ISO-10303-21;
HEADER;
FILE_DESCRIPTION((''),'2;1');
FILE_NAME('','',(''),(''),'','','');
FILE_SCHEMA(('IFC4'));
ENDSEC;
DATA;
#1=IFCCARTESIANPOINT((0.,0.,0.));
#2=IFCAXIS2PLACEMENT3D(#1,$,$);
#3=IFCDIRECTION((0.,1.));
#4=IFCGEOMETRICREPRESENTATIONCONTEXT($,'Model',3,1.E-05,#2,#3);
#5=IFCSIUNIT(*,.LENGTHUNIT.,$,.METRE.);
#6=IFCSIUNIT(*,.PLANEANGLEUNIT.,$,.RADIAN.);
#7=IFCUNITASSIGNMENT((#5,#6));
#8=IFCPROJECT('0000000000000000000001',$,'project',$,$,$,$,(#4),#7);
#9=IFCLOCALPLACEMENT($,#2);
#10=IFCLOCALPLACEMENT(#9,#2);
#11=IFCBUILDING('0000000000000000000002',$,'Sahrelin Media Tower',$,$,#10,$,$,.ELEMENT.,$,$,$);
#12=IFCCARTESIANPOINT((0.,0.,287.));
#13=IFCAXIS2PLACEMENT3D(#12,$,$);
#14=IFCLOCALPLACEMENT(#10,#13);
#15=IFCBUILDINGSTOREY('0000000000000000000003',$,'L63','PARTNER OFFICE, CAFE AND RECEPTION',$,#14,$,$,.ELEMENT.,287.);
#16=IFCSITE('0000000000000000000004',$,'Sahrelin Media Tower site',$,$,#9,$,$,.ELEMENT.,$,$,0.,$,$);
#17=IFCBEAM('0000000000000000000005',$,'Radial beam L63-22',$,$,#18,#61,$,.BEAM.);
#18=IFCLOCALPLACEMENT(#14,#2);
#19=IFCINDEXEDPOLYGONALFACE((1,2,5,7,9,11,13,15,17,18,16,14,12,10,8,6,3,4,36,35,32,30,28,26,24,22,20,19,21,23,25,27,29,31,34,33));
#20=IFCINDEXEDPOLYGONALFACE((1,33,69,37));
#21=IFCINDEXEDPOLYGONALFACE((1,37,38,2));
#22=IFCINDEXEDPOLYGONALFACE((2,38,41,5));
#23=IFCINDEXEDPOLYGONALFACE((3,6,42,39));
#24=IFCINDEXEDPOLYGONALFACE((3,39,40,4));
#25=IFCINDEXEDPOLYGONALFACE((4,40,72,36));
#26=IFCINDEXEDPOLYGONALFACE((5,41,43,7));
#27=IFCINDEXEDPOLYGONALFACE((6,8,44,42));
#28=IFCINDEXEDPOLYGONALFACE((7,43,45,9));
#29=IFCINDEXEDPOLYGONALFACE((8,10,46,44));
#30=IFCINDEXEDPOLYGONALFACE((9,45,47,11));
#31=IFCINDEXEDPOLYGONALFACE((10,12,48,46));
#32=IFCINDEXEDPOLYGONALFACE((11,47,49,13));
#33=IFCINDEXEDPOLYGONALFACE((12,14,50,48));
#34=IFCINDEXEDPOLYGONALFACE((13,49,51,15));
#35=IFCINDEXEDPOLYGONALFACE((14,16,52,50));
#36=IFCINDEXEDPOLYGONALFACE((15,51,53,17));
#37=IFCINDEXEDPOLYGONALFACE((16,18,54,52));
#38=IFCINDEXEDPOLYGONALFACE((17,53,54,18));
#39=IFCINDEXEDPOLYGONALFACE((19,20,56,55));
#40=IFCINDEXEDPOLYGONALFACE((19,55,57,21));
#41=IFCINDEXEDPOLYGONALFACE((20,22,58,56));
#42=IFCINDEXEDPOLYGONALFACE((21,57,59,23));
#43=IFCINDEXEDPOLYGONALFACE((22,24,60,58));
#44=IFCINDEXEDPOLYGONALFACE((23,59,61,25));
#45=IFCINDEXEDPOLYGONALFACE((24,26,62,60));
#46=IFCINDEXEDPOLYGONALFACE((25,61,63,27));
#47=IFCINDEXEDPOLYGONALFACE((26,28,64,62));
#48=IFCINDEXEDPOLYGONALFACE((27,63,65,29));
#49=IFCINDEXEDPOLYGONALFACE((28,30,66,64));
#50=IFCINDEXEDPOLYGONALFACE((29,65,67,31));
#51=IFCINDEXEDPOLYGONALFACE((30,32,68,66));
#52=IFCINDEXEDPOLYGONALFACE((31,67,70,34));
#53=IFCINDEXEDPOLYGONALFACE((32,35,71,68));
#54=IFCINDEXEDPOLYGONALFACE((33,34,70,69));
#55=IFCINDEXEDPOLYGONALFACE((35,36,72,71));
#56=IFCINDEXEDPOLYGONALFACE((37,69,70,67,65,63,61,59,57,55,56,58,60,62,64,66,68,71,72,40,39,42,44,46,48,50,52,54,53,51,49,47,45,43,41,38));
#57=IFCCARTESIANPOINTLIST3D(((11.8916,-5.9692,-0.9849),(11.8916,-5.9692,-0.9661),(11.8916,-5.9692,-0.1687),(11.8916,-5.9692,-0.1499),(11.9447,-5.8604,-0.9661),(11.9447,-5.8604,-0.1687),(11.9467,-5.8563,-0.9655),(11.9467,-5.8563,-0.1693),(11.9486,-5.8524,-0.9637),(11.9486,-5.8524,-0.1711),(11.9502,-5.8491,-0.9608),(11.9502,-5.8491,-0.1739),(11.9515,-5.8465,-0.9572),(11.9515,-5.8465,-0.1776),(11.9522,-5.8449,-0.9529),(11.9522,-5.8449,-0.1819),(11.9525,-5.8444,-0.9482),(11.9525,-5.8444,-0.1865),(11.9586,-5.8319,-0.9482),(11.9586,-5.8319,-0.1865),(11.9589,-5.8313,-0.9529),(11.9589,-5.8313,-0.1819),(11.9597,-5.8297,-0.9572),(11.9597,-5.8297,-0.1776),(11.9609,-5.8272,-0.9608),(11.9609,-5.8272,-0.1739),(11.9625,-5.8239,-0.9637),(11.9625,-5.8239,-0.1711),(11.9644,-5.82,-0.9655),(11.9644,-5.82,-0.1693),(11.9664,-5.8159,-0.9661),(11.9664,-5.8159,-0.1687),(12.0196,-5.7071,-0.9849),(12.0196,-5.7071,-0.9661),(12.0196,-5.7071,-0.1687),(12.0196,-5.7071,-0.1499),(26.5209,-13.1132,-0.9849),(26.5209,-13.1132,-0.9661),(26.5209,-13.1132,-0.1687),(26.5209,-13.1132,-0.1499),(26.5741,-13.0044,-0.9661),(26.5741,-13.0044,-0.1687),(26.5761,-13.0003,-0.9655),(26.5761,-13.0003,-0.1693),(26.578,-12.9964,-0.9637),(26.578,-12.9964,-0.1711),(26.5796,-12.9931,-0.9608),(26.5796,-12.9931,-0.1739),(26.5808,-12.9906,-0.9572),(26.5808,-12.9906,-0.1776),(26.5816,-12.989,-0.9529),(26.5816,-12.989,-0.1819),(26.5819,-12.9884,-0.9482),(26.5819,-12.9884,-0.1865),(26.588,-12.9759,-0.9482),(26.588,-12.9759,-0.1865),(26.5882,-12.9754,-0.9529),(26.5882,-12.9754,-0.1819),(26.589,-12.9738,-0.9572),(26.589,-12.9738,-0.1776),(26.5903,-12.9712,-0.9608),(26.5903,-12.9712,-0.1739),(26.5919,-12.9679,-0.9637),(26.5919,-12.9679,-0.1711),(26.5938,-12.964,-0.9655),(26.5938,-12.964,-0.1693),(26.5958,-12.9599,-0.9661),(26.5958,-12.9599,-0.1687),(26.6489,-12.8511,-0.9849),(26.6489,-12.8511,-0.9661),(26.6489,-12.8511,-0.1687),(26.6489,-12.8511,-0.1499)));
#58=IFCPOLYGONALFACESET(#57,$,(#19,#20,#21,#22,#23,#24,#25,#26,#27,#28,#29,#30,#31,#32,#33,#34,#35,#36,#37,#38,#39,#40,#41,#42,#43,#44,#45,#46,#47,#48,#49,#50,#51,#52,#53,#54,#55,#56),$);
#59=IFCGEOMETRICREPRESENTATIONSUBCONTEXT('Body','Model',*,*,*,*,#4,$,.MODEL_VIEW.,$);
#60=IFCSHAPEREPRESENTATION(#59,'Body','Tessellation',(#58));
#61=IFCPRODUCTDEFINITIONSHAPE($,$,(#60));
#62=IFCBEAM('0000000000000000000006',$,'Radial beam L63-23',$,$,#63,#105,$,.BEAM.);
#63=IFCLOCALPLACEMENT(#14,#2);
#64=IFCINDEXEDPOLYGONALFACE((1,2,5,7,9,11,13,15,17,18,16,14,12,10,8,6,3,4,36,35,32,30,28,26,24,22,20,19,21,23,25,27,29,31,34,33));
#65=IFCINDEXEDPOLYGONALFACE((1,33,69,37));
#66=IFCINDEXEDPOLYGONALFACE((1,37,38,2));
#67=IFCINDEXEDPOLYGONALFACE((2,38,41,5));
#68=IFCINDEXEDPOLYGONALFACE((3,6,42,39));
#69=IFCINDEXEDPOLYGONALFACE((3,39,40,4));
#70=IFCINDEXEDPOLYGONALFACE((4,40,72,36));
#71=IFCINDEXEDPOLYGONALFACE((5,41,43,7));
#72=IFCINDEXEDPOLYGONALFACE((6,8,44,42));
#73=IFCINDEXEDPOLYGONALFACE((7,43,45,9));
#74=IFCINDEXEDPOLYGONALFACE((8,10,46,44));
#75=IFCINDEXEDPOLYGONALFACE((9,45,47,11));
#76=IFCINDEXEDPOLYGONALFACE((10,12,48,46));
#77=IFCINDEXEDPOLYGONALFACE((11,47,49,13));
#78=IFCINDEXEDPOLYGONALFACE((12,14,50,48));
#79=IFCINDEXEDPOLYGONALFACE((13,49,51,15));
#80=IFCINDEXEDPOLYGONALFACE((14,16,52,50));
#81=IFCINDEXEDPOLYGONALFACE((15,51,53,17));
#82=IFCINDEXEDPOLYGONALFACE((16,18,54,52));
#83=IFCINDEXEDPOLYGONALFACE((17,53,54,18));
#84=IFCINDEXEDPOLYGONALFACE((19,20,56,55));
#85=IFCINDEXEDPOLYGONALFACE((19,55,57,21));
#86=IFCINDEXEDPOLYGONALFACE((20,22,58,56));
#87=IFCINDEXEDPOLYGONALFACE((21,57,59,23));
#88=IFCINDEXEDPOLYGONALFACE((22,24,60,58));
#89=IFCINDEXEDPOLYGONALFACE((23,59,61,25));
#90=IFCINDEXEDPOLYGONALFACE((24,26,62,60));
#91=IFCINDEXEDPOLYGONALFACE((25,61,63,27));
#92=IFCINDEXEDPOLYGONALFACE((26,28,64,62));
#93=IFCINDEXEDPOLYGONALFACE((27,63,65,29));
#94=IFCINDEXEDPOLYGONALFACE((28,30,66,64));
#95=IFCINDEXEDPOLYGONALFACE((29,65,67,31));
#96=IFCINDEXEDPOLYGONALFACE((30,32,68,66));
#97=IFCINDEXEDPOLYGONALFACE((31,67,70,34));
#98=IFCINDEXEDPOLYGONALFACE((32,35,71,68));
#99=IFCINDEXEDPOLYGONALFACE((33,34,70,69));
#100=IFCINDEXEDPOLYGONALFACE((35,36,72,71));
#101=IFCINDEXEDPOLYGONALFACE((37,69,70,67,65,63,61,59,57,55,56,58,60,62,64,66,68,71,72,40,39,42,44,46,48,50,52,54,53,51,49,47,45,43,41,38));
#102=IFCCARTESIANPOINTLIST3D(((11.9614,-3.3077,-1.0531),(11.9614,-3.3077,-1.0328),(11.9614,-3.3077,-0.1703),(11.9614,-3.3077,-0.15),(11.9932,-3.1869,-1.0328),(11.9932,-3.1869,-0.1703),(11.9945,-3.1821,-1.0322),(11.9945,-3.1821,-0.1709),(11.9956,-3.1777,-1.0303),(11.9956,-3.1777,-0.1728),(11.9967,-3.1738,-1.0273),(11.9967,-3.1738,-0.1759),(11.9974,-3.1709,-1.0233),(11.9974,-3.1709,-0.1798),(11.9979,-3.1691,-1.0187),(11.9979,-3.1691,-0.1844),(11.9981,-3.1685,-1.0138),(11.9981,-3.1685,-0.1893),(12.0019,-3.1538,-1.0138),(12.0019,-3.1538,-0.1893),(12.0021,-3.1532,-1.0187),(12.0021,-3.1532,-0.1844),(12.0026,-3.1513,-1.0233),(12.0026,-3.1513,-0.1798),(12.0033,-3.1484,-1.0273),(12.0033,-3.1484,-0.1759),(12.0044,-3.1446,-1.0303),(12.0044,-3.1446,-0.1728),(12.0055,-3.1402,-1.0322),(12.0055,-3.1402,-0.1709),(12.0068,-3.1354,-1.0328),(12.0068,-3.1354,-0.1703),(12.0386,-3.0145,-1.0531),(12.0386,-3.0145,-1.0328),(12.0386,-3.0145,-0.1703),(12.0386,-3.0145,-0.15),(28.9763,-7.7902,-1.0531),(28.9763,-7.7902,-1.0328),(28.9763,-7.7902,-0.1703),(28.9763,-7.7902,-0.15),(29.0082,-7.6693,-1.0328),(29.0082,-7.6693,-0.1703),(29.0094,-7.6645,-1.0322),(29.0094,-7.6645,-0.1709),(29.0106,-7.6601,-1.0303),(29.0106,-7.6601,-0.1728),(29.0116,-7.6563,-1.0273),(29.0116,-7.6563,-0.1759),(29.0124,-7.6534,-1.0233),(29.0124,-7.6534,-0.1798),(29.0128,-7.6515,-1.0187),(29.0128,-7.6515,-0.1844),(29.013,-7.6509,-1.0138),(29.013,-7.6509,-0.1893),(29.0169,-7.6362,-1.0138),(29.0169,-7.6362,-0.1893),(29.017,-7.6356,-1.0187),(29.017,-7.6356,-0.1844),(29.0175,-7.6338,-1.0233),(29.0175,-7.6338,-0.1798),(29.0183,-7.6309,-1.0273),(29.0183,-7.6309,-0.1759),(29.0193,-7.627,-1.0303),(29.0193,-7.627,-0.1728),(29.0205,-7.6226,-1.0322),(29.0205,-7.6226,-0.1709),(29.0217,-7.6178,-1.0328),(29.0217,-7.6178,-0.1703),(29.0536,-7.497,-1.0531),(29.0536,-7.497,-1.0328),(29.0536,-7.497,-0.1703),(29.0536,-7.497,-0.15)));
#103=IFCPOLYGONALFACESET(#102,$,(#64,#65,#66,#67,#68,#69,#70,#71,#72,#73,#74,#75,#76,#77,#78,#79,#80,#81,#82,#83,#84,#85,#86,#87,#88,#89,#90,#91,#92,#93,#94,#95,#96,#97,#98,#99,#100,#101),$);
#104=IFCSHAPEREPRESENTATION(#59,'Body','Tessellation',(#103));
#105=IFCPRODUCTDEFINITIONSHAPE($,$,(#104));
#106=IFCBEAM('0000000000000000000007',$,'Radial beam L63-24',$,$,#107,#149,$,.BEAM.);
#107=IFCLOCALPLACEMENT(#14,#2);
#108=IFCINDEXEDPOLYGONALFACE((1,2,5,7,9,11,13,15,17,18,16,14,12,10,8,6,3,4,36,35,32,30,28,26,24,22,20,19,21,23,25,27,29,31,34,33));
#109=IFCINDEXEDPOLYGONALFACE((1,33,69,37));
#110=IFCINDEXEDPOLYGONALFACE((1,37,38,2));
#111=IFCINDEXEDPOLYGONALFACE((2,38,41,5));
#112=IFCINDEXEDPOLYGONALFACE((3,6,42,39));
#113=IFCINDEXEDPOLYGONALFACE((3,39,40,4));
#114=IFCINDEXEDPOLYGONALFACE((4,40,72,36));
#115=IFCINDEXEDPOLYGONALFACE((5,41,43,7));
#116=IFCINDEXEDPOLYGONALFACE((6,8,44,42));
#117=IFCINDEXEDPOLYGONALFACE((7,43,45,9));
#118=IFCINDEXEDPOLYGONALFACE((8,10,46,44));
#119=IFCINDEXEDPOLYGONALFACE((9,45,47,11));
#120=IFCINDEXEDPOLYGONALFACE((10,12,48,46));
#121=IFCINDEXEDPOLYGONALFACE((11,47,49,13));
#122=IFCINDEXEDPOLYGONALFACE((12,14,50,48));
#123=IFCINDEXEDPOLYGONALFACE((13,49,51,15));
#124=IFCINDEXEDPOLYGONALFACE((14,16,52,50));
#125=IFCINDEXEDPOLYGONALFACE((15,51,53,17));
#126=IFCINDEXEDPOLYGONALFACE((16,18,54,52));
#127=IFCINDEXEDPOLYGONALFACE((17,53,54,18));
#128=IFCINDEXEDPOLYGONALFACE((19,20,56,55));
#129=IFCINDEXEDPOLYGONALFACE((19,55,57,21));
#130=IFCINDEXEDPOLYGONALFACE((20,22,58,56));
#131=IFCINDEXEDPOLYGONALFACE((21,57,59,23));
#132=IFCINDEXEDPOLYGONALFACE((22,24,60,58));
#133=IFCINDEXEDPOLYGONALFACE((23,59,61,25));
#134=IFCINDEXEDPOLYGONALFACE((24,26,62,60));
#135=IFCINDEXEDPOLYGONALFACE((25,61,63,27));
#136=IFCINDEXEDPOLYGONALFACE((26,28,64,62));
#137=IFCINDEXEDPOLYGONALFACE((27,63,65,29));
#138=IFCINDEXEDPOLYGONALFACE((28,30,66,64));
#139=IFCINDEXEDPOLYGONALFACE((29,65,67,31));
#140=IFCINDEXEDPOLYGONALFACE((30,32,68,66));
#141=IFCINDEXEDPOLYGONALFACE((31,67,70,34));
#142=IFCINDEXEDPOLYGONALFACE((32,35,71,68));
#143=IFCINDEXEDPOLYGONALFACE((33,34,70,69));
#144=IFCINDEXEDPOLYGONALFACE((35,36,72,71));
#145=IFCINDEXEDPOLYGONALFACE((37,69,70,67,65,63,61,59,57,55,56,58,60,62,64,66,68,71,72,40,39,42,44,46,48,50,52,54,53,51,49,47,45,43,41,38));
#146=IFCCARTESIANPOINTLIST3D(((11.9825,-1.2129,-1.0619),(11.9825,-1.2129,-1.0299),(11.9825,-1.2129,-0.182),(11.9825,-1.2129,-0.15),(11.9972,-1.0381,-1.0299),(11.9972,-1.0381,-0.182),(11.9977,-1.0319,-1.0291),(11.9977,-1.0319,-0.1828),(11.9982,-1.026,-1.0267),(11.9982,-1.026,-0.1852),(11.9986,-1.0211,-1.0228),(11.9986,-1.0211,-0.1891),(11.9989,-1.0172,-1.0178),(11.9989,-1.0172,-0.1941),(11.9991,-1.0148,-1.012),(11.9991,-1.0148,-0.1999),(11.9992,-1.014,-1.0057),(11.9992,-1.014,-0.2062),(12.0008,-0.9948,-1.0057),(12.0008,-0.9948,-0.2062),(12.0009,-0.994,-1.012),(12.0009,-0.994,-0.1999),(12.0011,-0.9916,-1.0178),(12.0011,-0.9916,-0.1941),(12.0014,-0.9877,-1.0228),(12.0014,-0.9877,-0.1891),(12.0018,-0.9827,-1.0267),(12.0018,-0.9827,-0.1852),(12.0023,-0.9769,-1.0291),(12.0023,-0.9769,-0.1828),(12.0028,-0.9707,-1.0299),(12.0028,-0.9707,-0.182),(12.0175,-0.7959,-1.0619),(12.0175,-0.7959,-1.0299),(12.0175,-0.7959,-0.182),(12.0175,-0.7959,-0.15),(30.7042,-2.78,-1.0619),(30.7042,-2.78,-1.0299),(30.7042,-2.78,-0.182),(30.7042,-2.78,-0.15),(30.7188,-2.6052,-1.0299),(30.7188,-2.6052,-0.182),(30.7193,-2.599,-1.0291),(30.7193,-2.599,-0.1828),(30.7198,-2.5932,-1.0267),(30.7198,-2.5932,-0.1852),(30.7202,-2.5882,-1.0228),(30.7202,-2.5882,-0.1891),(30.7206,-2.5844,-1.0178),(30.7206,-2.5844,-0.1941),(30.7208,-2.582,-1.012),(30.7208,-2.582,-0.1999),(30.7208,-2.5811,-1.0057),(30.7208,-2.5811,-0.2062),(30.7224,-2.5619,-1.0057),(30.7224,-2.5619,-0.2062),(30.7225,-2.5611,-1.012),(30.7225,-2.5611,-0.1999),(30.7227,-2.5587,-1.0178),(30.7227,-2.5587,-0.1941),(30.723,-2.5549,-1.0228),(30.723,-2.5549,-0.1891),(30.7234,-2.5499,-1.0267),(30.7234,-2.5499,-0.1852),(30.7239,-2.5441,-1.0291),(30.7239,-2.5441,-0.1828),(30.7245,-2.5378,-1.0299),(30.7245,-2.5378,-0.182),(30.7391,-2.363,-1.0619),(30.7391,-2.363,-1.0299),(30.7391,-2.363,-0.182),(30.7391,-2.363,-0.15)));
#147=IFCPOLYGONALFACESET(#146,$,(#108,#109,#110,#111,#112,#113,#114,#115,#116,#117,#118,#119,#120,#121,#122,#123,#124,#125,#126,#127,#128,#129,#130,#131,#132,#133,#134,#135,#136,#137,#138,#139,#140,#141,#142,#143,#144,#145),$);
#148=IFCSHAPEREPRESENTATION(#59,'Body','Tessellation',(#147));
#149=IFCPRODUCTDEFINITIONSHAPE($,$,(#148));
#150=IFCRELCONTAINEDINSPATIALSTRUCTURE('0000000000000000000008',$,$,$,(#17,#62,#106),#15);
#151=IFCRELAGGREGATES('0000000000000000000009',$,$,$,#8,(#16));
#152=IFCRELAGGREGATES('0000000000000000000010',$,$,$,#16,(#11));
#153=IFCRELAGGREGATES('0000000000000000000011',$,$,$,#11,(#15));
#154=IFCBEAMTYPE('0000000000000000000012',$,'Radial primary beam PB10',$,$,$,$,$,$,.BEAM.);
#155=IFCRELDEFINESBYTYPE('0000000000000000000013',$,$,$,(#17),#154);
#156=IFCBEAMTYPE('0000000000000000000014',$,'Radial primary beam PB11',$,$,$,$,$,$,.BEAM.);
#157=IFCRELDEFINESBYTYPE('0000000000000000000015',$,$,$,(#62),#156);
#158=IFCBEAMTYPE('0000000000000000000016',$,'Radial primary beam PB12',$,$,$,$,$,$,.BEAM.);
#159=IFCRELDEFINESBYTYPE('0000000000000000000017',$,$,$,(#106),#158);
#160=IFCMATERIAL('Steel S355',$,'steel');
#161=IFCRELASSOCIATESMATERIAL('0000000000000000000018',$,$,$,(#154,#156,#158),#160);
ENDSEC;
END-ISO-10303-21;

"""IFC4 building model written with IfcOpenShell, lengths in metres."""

from ifc_helpers import new_model, si_unit, direction, frame, origin, origin_2d, place, context, subcontext, project, spatial, i_section, extrude, material, material_profile, profile_set, type_object, element, save


model = new_model("IFC4")

# Units and contexts
model_context = context("Model", 3, precision=1e-05, world=origin(), true_north=direction((0.0, 1.0)))
body_context = subcontext(model_context, "Body", "Model", "MODEL_VIEW")
ifc_project = project(units=[si_unit("LENGTHUNIT", "METRE"), si_unit("PLANEANGLEUNIT", "RADIAN")], contexts=[model_context])

# Site, building, storey
site_placement = place(None, origin())
site = spatial("IfcSite", under=ifc_project, at=site_placement, Name="Sahrelin Media Tower site", CompositionType="ELEMENT", RefElevation=0.0)
building_placement = place(site_placement, origin())
building = spatial("IfcBuilding", under=site, at=building_placement, Name="Sahrelin Media Tower", CompositionType="ELEMENT")
storey_placement = place(building_placement, frame((0.0, 0.0, 287.0)))
storey = spatial("IfcBuildingStorey", under=building, at=storey_placement, Name="L63", Description="PARTNER OFFICE, CAFE AND RECEPTION", CompositionType="ELEMENT", Elevation=287.0)

# Beams
ifc_material_1 = material(Name="Steel S355", Category="steel")
ifc_material_profile_1 = material_profile(ifc_material_1, i_section(OverallWidth=0.2917, OverallDepth=0.835, WebThickness=0.0139, FlangeThickness=0.0188, FilletRadius=0.0178, at=origin_2d()), Name="UB 838x292x176")
ifc_profile_set_1 = profile_set([ifc_material_profile_1], Name="Steel S355")
beam_type_1 = type_object("IfcBeamType", Name="Radial primary beam PB10", PredefinedType="BEAM", material=ifc_profile_set_1)
beam_1_placement = place(storey_placement, frame((11.9556, -5.8381, -0.5674), z_axis=(0.898581, -0.438808, 0.0), x_axis=(0.438808, 0.898581, 0.0)))
element("IfcBeam", 1, at=beam_1_placement, inside=storey, type_object=beam_type_1, Name="Radial beam L63-22", PredefinedType="BEAM", context=body_context, shape_type="SweptSolid", body=[
    extrude(i_section(OverallWidth=0.2917, OverallDepth=0.835, WebThickness=0.0139, FlangeThickness=0.0188, FilletRadius=0.0178, at=origin_2d()), origin(), (0.0, 0.0, 1.0), 16.2805),
])
ifc_material_profile_2 = material_profile(ifc_material_1, i_section(OverallWidth=0.3032, OverallDepth=0.9031, WebThickness=0.0151, FlangeThickness=0.0203, FilletRadius=0.019, at=origin_2d()), Name="UB 914x305x201")
ifc_profile_set_2 = profile_set([ifc_material_profile_2], Name="Steel S355")
beam_type_2 = type_object("IfcBeamType", Name="Radial primary beam PB11", PredefinedType="BEAM", material=ifc_profile_set_2)
beam_2_placement = place(storey_placement, frame((12.0, -3.1611, -0.6016), z_axis=(0.967007, -0.254749, 0.0), x_axis=(0.254749, 0.967007, 0.0)))
element("IfcBeam", 2, at=beam_2_placement, inside=storey, type_object=beam_type_2, Name="Radial beam L63-23", PredefinedType="BEAM", context=body_context, shape_type="SweptSolid", body=[
    extrude(i_section(OverallWidth=0.3032, OverallDepth=0.9031, WebThickness=0.0151, FlangeThickness=0.0203, FilletRadius=0.019, at=origin_2d()), origin(), (0.0, 0.0, 1.0), 17.5955),
])
ifc_material_profile_3 = material_profile(ifc_material_1, i_section(OverallWidth=0.4185, OverallDepth=0.9119, WebThickness=0.0193, FlangeThickness=0.032, FilletRadius=0.0242, at=origin_2d()), Name="UB 914x419x343")
ifc_profile_set_3 = profile_set([ifc_material_profile_3], Name="Steel S355")
beam_type_3 = type_object("IfcBeamType", Name="Radial primary beam PB12", PredefinedType="BEAM", material=ifc_profile_set_3)
beam_3_placement = place(storey_placement, frame((12.0, -1.0044, -0.606), z_axis=(0.996515, -0.083415, 0.0), x_axis=(0.083415, 0.996515, 0.0)))
element("IfcBeam", 3, at=beam_3_placement, inside=storey, type_object=beam_type_3, Name="Radial beam L63-24", PredefinedType="BEAM", context=body_context, shape_type="SweptSolid", body=[
    extrude(i_section(OverallWidth=0.4185, OverallDepth=0.9119, WebThickness=0.0193, FlangeThickness=0.032, FilletRadius=0.0242, at=origin_2d()), origin(), (0.0, 0.0, 1.0), 18.7871),
])

save(model, "model.ifc")
